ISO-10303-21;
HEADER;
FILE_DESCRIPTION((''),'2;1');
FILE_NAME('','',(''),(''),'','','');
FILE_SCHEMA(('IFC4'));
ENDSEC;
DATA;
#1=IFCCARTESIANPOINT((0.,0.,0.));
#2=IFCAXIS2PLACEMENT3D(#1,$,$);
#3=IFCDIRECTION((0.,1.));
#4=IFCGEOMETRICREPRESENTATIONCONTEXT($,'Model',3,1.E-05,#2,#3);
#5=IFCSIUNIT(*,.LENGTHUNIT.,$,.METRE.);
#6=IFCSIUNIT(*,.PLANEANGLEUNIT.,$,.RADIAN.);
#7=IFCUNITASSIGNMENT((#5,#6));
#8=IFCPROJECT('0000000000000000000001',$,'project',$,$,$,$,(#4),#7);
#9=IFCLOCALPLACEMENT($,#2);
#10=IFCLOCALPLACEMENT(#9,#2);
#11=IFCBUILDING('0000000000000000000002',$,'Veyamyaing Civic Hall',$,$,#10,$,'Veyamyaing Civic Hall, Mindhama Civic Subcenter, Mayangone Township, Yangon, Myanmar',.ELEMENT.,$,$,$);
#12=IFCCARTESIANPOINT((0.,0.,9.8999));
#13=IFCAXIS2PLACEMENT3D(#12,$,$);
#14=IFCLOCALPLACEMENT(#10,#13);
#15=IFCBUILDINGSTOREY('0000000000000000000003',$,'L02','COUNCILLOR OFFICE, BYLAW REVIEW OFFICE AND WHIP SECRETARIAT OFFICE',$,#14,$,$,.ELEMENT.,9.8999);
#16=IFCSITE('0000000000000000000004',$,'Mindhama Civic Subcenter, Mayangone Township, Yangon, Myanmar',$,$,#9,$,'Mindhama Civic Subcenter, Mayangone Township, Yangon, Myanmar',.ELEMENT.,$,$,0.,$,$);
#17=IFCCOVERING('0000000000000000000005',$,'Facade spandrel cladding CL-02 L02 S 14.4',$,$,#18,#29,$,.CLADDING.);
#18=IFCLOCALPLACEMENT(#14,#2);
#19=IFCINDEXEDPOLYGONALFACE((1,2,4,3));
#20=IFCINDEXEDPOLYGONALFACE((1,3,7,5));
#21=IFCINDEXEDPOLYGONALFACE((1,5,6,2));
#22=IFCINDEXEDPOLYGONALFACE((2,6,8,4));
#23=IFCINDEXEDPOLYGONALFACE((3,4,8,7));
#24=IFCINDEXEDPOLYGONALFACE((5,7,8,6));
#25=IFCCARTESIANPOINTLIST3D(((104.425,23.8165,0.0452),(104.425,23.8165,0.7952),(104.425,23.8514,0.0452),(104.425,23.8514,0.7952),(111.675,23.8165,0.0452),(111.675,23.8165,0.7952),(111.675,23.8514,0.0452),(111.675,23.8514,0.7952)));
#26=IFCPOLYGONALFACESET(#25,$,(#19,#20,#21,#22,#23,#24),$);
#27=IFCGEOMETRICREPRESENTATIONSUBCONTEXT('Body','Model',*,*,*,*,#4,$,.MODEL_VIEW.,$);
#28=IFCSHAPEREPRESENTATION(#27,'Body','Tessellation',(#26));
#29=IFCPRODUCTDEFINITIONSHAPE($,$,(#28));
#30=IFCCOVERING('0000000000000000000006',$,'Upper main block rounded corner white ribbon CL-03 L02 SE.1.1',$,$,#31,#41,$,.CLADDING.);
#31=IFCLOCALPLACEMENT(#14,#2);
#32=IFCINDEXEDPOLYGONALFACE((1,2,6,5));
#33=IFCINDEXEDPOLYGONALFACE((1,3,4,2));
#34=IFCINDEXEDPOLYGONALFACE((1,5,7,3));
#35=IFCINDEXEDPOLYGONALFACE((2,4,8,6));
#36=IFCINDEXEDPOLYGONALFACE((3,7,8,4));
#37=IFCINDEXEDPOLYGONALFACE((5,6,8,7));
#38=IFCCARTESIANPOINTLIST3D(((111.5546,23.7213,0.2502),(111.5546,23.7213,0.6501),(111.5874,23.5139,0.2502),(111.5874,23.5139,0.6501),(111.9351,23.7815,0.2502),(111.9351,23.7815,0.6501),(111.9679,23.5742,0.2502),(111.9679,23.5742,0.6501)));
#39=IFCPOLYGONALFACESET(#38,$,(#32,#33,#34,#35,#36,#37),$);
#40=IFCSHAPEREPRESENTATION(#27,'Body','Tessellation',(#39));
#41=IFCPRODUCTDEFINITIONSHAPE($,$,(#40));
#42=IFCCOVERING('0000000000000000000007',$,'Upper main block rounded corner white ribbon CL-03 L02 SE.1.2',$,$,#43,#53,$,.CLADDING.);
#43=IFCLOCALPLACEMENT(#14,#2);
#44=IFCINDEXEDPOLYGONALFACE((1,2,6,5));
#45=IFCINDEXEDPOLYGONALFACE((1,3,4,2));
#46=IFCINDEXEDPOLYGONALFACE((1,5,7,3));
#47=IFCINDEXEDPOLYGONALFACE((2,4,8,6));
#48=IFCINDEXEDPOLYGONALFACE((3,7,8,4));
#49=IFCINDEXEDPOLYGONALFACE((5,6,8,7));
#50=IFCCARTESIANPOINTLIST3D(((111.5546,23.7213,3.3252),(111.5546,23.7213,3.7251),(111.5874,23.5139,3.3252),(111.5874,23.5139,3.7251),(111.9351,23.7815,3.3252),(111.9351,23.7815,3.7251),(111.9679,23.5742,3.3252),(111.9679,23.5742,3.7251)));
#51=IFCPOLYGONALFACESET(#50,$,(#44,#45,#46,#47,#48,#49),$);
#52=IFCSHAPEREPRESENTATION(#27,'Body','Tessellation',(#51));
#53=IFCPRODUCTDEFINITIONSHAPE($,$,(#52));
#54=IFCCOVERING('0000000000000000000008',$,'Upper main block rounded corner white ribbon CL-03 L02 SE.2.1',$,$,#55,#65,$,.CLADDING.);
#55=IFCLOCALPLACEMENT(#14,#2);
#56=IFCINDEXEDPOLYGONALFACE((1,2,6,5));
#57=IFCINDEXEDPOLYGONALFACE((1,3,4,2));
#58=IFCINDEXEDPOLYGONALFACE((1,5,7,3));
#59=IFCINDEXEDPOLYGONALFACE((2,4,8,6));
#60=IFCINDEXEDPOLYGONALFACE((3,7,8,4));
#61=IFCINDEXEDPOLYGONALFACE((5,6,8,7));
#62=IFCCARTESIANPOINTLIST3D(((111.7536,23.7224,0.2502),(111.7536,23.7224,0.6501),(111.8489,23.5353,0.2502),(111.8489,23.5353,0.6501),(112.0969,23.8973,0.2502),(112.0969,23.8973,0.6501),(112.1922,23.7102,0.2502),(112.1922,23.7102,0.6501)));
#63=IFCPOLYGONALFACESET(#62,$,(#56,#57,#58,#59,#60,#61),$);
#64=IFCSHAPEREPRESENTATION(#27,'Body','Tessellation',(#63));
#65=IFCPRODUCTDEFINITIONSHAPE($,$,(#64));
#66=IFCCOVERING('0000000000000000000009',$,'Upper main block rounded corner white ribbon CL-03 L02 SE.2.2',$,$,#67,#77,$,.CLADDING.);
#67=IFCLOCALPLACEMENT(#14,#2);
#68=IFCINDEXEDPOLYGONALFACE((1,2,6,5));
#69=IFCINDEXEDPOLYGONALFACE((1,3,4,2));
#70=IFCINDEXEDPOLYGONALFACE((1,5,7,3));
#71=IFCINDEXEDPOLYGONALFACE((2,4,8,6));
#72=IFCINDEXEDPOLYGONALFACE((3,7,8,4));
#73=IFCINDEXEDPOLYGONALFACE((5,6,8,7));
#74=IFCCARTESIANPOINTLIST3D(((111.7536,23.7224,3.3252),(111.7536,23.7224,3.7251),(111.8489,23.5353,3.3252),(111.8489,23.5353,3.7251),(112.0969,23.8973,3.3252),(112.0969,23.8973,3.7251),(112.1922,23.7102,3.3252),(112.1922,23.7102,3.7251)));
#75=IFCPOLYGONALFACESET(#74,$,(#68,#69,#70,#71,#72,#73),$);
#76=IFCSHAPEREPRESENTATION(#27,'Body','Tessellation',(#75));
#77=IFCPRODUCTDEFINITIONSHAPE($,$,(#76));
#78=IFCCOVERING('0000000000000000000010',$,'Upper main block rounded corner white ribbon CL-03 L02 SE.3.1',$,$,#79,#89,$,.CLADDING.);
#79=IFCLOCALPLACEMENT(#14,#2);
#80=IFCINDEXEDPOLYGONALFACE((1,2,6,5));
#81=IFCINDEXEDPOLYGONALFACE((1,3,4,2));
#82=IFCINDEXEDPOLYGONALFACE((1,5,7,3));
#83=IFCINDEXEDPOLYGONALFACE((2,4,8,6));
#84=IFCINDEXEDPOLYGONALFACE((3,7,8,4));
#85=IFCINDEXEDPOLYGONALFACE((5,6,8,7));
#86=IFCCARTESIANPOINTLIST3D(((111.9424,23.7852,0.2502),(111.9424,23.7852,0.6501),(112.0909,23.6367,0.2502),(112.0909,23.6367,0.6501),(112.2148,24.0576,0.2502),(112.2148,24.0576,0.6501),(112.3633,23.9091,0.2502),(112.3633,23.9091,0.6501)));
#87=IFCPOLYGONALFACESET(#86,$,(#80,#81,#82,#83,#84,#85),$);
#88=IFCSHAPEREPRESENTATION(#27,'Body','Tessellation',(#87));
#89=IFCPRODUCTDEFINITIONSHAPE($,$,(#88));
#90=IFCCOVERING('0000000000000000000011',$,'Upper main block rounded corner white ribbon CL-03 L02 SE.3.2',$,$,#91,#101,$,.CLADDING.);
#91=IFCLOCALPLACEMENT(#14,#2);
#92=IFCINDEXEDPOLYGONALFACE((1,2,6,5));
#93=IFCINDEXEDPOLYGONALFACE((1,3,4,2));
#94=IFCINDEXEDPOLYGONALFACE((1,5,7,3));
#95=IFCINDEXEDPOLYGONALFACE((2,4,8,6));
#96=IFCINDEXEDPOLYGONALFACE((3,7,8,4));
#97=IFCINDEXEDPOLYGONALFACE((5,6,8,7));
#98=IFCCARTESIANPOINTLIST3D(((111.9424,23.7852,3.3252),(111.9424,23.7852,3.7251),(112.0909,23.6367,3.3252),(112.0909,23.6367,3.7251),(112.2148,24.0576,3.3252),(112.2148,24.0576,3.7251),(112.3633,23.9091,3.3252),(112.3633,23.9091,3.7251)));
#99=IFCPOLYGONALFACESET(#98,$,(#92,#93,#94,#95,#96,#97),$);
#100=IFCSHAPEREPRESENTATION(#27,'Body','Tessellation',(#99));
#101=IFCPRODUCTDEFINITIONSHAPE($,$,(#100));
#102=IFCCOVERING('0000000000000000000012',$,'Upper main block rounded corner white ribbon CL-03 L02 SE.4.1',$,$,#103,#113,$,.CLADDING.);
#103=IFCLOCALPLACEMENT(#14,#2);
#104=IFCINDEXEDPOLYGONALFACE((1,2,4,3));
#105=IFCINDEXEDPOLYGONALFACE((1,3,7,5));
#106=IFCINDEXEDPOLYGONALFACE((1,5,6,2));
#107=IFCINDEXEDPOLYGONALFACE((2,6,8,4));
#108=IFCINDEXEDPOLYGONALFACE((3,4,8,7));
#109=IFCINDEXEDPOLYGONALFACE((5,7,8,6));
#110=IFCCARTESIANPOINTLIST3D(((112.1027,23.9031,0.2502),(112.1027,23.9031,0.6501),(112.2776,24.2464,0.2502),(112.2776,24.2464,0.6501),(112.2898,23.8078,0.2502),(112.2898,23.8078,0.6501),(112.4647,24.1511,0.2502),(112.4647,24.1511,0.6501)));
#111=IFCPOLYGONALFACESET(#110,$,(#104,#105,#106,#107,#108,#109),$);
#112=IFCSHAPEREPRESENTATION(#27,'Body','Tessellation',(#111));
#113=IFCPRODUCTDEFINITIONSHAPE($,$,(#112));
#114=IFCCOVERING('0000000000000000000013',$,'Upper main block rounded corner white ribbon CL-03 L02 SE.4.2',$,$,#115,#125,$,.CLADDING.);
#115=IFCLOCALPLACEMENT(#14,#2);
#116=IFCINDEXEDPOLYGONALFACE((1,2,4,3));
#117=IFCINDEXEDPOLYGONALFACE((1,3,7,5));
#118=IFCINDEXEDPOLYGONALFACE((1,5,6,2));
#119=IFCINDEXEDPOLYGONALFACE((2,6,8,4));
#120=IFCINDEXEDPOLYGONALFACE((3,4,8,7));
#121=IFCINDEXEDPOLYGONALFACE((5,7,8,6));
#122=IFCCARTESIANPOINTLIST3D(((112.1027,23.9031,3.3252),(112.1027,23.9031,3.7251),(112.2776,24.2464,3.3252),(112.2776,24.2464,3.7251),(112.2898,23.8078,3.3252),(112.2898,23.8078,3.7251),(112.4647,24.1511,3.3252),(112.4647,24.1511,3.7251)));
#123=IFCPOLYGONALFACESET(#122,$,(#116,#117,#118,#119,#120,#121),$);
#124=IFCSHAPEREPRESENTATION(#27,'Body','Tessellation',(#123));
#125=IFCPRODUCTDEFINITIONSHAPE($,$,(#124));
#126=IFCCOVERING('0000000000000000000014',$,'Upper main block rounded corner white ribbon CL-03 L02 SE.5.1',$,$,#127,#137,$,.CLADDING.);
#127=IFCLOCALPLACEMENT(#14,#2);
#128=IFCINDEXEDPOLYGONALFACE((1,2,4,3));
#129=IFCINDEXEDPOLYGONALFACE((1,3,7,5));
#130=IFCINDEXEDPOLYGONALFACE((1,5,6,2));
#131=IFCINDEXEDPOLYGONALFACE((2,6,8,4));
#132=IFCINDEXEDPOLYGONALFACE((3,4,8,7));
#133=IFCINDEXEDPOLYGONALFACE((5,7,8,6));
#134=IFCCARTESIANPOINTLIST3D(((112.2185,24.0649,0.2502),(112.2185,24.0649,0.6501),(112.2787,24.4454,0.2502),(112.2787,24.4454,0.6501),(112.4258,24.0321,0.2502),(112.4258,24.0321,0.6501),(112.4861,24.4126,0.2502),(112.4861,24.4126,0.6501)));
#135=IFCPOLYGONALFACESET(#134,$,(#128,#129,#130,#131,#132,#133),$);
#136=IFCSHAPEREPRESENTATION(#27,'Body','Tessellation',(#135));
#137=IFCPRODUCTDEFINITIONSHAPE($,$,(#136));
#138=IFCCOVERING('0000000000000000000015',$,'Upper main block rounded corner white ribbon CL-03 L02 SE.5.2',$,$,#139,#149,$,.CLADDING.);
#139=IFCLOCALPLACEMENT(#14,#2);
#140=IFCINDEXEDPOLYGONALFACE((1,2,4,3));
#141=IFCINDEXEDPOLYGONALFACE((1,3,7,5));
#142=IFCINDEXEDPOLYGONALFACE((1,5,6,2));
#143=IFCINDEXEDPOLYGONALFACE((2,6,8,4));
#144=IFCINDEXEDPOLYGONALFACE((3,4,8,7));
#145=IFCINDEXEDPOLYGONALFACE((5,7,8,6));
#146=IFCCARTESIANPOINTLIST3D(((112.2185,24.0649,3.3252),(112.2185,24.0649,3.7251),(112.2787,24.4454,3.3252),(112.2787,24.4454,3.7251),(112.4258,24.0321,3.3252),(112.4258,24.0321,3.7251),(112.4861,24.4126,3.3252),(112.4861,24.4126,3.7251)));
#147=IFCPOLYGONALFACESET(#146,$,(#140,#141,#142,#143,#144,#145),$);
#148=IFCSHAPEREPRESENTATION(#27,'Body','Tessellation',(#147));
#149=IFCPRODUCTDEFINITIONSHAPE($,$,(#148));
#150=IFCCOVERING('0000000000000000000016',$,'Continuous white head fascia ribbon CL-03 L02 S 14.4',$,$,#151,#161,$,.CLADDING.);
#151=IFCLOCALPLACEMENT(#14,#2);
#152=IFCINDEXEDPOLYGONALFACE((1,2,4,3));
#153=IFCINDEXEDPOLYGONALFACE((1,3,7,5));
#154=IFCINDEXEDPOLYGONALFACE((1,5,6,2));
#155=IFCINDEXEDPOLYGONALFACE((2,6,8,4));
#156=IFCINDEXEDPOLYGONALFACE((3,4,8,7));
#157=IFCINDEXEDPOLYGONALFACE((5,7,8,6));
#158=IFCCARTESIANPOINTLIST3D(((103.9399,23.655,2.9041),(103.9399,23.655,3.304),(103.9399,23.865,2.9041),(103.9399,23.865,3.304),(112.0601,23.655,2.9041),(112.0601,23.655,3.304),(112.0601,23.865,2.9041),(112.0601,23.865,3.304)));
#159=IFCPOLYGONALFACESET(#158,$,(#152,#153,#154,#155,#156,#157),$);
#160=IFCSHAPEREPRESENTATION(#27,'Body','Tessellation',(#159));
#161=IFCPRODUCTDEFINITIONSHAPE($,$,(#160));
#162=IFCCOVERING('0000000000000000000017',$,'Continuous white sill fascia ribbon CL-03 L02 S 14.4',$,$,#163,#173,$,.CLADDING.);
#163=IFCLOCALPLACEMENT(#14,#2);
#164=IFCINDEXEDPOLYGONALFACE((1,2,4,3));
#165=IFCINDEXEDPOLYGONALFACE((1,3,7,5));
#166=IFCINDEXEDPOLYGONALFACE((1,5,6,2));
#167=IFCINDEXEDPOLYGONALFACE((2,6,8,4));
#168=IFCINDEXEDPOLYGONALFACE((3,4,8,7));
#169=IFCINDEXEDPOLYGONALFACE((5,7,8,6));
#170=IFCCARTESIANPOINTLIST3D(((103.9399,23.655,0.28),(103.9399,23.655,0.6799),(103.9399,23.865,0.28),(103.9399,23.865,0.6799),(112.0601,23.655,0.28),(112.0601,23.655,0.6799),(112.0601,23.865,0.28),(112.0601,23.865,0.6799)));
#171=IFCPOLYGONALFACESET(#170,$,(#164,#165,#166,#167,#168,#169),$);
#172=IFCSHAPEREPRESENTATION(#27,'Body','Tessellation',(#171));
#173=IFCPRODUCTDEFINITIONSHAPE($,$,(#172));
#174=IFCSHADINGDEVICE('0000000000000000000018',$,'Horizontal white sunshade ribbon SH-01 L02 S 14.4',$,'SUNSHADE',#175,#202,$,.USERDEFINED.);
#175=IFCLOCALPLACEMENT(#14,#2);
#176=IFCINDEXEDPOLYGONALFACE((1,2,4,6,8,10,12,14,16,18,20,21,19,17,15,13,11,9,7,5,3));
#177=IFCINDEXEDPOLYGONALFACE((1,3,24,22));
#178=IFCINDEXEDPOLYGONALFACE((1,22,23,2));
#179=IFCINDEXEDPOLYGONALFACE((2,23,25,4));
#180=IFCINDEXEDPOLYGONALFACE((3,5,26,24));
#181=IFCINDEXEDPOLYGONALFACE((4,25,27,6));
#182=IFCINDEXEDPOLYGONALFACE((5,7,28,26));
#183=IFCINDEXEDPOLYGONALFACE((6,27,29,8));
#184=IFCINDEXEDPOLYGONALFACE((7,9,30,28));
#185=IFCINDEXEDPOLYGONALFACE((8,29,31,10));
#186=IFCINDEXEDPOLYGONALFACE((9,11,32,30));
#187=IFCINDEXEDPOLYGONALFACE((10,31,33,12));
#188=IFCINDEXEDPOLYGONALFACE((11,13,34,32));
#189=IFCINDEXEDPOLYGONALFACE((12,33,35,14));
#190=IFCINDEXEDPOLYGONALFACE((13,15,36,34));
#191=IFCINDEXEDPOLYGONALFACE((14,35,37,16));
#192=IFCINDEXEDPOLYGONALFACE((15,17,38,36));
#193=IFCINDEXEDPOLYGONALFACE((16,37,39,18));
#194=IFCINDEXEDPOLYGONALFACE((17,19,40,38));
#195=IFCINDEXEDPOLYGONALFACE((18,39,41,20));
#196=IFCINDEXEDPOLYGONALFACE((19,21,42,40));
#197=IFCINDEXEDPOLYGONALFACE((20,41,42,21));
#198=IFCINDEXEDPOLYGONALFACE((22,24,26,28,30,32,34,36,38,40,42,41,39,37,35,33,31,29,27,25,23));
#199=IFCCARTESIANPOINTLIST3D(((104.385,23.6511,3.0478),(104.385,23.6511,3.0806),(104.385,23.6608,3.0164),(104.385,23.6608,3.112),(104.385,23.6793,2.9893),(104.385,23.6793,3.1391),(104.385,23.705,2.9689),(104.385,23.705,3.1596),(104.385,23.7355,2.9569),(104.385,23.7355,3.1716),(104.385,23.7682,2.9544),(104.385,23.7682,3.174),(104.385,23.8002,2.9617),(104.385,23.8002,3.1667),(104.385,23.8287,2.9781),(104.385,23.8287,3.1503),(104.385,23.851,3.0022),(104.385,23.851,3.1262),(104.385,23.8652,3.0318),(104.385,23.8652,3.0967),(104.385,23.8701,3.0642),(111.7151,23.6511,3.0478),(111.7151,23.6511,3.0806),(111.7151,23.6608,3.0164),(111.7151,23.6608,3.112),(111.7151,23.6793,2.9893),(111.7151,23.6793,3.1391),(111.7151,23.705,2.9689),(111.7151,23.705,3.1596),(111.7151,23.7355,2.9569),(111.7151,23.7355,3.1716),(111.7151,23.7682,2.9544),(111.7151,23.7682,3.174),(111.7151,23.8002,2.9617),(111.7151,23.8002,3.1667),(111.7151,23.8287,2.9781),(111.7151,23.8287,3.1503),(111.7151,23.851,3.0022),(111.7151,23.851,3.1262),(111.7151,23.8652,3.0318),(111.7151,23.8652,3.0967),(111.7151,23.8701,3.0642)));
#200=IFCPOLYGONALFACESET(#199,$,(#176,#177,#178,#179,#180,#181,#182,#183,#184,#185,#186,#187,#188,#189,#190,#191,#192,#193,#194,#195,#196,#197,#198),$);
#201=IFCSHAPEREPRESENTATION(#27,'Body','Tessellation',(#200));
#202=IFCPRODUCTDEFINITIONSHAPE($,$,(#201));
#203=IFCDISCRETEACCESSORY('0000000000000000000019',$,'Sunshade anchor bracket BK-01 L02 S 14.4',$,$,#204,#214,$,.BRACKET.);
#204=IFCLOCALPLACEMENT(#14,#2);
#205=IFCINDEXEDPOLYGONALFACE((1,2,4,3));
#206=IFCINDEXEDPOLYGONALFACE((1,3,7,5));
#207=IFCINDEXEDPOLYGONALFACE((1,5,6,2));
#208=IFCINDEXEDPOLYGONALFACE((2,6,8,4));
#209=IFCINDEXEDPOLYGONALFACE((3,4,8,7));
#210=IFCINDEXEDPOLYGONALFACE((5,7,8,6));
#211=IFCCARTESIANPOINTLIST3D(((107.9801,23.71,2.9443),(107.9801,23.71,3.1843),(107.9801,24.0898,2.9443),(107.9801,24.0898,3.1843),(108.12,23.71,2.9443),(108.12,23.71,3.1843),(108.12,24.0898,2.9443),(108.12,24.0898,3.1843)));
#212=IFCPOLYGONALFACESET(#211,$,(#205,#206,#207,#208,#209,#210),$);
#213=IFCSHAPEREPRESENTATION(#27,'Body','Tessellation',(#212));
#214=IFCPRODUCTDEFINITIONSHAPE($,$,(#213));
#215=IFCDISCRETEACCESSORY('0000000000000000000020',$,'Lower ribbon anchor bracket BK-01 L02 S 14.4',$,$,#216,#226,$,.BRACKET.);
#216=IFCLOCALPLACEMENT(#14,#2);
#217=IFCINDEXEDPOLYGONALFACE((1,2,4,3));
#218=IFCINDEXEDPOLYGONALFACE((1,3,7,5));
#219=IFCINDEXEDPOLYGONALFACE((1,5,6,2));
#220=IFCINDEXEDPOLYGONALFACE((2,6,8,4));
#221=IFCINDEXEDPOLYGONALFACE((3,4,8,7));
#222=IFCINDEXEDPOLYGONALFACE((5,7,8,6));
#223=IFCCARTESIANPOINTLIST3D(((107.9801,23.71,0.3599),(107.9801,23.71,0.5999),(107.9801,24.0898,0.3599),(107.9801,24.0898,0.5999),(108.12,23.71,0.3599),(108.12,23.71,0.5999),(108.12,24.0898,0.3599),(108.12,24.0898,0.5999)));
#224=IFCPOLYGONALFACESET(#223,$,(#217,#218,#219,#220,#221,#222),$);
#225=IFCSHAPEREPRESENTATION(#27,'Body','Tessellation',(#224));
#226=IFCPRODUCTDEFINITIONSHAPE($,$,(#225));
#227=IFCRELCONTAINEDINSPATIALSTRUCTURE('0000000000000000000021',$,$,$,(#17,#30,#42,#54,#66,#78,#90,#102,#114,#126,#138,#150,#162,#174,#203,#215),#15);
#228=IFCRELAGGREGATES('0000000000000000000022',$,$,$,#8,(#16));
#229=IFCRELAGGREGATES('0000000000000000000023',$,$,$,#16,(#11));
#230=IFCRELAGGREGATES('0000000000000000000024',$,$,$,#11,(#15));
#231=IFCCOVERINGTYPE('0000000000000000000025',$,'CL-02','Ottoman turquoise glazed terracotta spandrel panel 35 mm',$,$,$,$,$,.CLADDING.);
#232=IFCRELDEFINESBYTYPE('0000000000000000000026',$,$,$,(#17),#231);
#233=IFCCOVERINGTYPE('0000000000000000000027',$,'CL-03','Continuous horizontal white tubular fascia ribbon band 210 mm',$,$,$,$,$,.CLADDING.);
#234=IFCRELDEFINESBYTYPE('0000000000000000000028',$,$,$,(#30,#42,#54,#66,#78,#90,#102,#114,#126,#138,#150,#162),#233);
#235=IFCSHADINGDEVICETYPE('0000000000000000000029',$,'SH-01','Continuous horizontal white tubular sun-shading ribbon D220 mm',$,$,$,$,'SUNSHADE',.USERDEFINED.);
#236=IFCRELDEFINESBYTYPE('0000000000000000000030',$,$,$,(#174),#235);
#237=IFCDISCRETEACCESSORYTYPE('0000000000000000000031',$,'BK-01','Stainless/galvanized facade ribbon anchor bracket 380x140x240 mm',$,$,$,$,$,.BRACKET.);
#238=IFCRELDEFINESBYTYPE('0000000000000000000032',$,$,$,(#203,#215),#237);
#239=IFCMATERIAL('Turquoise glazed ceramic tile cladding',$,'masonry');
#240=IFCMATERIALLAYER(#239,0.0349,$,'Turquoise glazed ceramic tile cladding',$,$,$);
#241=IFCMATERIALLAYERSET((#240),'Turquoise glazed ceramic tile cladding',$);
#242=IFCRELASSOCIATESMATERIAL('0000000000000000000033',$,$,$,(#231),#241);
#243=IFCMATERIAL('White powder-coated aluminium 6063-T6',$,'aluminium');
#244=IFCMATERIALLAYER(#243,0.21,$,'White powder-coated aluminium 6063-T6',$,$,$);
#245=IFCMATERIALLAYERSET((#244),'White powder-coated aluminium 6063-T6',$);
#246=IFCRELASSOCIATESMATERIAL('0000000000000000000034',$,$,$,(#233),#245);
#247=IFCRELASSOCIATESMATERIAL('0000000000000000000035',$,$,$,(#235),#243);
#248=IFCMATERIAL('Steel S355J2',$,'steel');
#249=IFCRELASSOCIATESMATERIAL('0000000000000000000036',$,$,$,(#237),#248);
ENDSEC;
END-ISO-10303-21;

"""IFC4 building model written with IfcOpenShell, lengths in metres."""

from ifc_helpers import new_model, si_unit, direction, frame, origin, origin_2d, place, context, subcontext, project, spatial, rectangle, circle, extrude, material, layer, layer_set, material_profile, profile_set, type_object, element, save


model = new_model("IFC4")

# Units and contexts
model_context = context("Model", 3, precision=1e-05, world=origin(), true_north=direction((0.0, 1.0)))
body_context = subcontext(model_context, "Body", "Model", "MODEL_VIEW")
ifc_project = project(units=[si_unit("LENGTHUNIT", "METRE"), si_unit("PLANEANGLEUNIT", "RADIAN")], contexts=[model_context])

# Site, building, storey
site_placement = place(None, origin())
site = spatial("IfcSite", under=ifc_project, at=site_placement, Name="Mindhama Civic Subcenter, Mayangone Township, Yangon, Myanmar", LongName="Mindhama Civic Subcenter, Mayangone Township, Yangon, Myanmar", CompositionType="ELEMENT", RefElevation=0.0)
building_placement = place(site_placement, origin())
building = spatial("IfcBuilding", under=site, at=building_placement, Name="Veyamyaing Civic Hall", LongName="Veyamyaing Civic Hall, Mindhama Civic Subcenter, Mayangone Township, Yangon, Myanmar", CompositionType="ELEMENT")
storey_placement = place(building_placement, frame((0.0, 0.0, 9.8999)))
storey = spatial("IfcBuildingStorey", under=building, at=storey_placement, Name="L02", Description="COUNCILLOR OFFICE, BYLAW REVIEW OFFICE AND WHIP SECRETARIAT OFFICE", CompositionType="ELEMENT", Elevation=9.8999)

# Coverings
ifc_material_1 = material(Name="Turquoise glazed ceramic tile cladding", Category="masonry")
ifc_layer_1 = layer(ifc_material_1, 0.0349, Name="Turquoise glazed ceramic tile cladding")
ifc_layer_set_1 = layer_set([ifc_layer_1], Name="Turquoise glazed ceramic tile cladding")
covering_type_1 = type_object("IfcCoveringType", Name="CL-02", Description="Ottoman turquoise glazed terracotta spandrel panel 35 mm", PredefinedType="CLADDING", material=ifc_layer_set_1)
covering_placement = place(storey_placement, frame((108.05, 23.834, 0.0452), z_axis=(0.0, 0.0, 1.0), x_axis=(1.0, 0.0, 0.0)))
element("IfcCovering", 1, at=covering_placement, inside=storey, type_object=covering_type_1, Name="Facade spandrel cladding CL-02 L02 S 14.4", PredefinedType="CLADDING", context=body_context, shape_type="SweptSolid", body=[
    extrude(rectangle(XDim=7.25, YDim=0.0349, at=origin_2d()), origin(), (0.0, 0.0, 1.0), 0.75),
])
ifc_material_2 = material(Name="White powder-coated aluminium 6063-T6", Category="aluminium")
ifc_layer_2 = layer(ifc_material_2, 0.21, Name="White powder-coated aluminium 6063-T6")
ifc_layer_set_2 = layer_set([ifc_layer_2], Name="White powder-coated aluminium 6063-T6")
covering_type_2 = type_object("IfcCoveringType", Name="CL-03", Description="Continuous horizontal white tubular fascia ribbon band 210 mm", PredefinedType="CLADDING", material=ifc_layer_set_2)
for number, where, z_axis, x_axis, name in (
    (2, (111.7612, 23.6477, 0.2502), (0.0, 0.0, 1.0), (0.987688, 0.156434, 0.0), "Upper main block rounded corner white ribbon CL-03 L02 SE.1.1"),
    (3, (111.7612, 23.6477, 3.3252), (0.0, 0.0, 1.0), (0.987688, 0.156434, 0.0), "Upper main block rounded corner white ribbon CL-03 L02 SE.1.2"),
    (4, (111.9729, 23.7163, 0.2502), (0.0, 0.0, 1.0), (0.891007, 0.45399, 0.0), "Upper main block rounded corner white ribbon CL-03 L02 SE.2.1"),
    (5, (111.9729, 23.7163, 3.3252), (0.0, 0.0, 1.0), (0.891007, 0.45399, 0.0), "Upper main block rounded corner white ribbon CL-03 L02 SE.2.2"),
    (6, (112.1528, 23.8472, 0.2502), (0.0, 0.0, 1.0), (0.707107, 0.707107, 0.0), "Upper main block rounded corner white ribbon CL-03 L02 SE.3.1"),
    (7, (112.1528, 23.8472, 3.3252), (0.0, 0.0, 1.0), (0.707107, 0.707107, 0.0), "Upper main block rounded corner white ribbon CL-03 L02 SE.3.2"),
    (8, (112.2837, 24.0271, 0.2502), (0.0, 0.0, 1.0), (0.45399, 0.891007, 0.0), "Upper main block rounded corner white ribbon CL-03 L02 SE.4.1"),
    (9, (112.2837, 24.0271, 3.3252), (0.0, 0.0, 1.0), (0.45399, 0.891007, 0.0), "Upper main block rounded corner white ribbon CL-03 L02 SE.4.2"),
    (10, (112.3523, 24.2388, 0.2502), (0.0, 0.0, 1.0), (0.156434, 0.987688, 0.0), "Upper main block rounded corner white ribbon CL-03 L02 SE.5.1"),
    (11, (112.3523, 24.2388, 3.3252), (0.0, 0.0, 1.0), (0.156434, 0.987688, 0.0), "Upper main block rounded corner white ribbon CL-03 L02 SE.5.2"),
):
    element("IfcCovering", number, at=place(storey_placement, frame(where, z_axis=z_axis, x_axis=x_axis)), inside=storey, type_object=covering_type_2, Name=name, PredefinedType="CLADDING", context=body_context, shape_type="SweptSolid", body=[
        extrude(rectangle(XDim=0.3853, YDim=0.21, at=origin_2d()), origin(), (0.0, 0.0, 1.0), 0.3999),
    ])
for number, where, z_axis, x_axis, name in (
    (12, (108.0, 23.76, 2.9041), (0.0, 0.0, 1.0), (1.0, 0.0, 0.0), "Continuous white head fascia ribbon CL-03 L02 S 14.4"),
    (13, (108.0, 23.76, 0.28), (0.0, 0.0, 1.0), (1.0, 0.0, 0.0), "Continuous white sill fascia ribbon CL-03 L02 S 14.4"),
):
    element("IfcCovering", number, at=place(storey_placement, frame(where, z_axis=z_axis, x_axis=x_axis)), inside=storey, type_object=covering_type_2, Name=name, PredefinedType="CLADDING", context=body_context, shape_type="SweptSolid", body=[
        extrude(rectangle(XDim=8.1201, YDim=0.21, at=origin_2d()), origin(), (0.0, 0.0, 1.0), 0.3999),
    ])

# Shading device
ifc_material_profile_1 = material_profile(ifc_material_2, circle(Radius=0.1101, at=origin_2d()), Name="SHADE-TUBE-220")
ifc_profile_set_1 = profile_set([ifc_material_profile_1], Name="White powder-coated aluminium 6063-T6")
shading_device_type = type_object("IfcShadingDeviceType", Name="SH-01", Description="Continuous horizontal white tubular sun-shading ribbon D220 mm", ElementType="SUNSHADE", PredefinedType="USERDEFINED", material=ifc_profile_set_1)
shading_device_placement = place(storey_placement, frame((104.385, 23.76, 3.0642), z_axis=(1.0, 0.0, 0.0), x_axis=(0.0, 1.0, 0.0)))
element("IfcShadingDevice", 14, at=shading_device_placement, inside=storey, type_object=shading_device_type, Name="Horizontal white sunshade ribbon SH-01 L02 S 14.4", ObjectType="SUNSHADE", PredefinedType="USERDEFINED", context=body_context, shape_type="SweptSolid", body=[
    extrude(circle(Radius=0.1101, at=origin_2d()), origin(), (0.0, 0.0, 1.0), 7.3301),
])

# Discrete accessories
ifc_material_3 = material(Name="Steel S355J2", Category="steel")
discrete_accessory_type = type_object("IfcDiscreteAccessoryType", Name="BK-01", Description="Stainless/galvanized facade ribbon anchor bracket 380x140x240 mm", PredefinedType="BRACKET", material=ifc_material_3)
for number, where, z_axis, x_axis, name in (
    (15, (108.05, 23.8999, 2.9443), (0.0, 0.0, 1.0), (0.0, -1.0, 0.0), "Sunshade anchor bracket BK-01 L02 S 14.4"),
    (16, (108.05, 23.8999, 0.3599), (0.0, 0.0, 1.0), (0.0, -1.0, 0.0), "Lower ribbon anchor bracket BK-01 L02 S 14.4"),
):
    element("IfcDiscreteAccessory", number, at=place(storey_placement, frame(where, z_axis=z_axis, x_axis=x_axis)), inside=storey, type_object=discrete_accessory_type, Name=name, PredefinedType="BRACKET", context=body_context, shape_type="SweptSolid", body=[
        extrude(rectangle(XDim=0.3799, YDim=0.1399, at=origin_2d()), origin(), (0.0, 0.0, 1.0), 0.24),
    ])

save(model, "model.ifc")
